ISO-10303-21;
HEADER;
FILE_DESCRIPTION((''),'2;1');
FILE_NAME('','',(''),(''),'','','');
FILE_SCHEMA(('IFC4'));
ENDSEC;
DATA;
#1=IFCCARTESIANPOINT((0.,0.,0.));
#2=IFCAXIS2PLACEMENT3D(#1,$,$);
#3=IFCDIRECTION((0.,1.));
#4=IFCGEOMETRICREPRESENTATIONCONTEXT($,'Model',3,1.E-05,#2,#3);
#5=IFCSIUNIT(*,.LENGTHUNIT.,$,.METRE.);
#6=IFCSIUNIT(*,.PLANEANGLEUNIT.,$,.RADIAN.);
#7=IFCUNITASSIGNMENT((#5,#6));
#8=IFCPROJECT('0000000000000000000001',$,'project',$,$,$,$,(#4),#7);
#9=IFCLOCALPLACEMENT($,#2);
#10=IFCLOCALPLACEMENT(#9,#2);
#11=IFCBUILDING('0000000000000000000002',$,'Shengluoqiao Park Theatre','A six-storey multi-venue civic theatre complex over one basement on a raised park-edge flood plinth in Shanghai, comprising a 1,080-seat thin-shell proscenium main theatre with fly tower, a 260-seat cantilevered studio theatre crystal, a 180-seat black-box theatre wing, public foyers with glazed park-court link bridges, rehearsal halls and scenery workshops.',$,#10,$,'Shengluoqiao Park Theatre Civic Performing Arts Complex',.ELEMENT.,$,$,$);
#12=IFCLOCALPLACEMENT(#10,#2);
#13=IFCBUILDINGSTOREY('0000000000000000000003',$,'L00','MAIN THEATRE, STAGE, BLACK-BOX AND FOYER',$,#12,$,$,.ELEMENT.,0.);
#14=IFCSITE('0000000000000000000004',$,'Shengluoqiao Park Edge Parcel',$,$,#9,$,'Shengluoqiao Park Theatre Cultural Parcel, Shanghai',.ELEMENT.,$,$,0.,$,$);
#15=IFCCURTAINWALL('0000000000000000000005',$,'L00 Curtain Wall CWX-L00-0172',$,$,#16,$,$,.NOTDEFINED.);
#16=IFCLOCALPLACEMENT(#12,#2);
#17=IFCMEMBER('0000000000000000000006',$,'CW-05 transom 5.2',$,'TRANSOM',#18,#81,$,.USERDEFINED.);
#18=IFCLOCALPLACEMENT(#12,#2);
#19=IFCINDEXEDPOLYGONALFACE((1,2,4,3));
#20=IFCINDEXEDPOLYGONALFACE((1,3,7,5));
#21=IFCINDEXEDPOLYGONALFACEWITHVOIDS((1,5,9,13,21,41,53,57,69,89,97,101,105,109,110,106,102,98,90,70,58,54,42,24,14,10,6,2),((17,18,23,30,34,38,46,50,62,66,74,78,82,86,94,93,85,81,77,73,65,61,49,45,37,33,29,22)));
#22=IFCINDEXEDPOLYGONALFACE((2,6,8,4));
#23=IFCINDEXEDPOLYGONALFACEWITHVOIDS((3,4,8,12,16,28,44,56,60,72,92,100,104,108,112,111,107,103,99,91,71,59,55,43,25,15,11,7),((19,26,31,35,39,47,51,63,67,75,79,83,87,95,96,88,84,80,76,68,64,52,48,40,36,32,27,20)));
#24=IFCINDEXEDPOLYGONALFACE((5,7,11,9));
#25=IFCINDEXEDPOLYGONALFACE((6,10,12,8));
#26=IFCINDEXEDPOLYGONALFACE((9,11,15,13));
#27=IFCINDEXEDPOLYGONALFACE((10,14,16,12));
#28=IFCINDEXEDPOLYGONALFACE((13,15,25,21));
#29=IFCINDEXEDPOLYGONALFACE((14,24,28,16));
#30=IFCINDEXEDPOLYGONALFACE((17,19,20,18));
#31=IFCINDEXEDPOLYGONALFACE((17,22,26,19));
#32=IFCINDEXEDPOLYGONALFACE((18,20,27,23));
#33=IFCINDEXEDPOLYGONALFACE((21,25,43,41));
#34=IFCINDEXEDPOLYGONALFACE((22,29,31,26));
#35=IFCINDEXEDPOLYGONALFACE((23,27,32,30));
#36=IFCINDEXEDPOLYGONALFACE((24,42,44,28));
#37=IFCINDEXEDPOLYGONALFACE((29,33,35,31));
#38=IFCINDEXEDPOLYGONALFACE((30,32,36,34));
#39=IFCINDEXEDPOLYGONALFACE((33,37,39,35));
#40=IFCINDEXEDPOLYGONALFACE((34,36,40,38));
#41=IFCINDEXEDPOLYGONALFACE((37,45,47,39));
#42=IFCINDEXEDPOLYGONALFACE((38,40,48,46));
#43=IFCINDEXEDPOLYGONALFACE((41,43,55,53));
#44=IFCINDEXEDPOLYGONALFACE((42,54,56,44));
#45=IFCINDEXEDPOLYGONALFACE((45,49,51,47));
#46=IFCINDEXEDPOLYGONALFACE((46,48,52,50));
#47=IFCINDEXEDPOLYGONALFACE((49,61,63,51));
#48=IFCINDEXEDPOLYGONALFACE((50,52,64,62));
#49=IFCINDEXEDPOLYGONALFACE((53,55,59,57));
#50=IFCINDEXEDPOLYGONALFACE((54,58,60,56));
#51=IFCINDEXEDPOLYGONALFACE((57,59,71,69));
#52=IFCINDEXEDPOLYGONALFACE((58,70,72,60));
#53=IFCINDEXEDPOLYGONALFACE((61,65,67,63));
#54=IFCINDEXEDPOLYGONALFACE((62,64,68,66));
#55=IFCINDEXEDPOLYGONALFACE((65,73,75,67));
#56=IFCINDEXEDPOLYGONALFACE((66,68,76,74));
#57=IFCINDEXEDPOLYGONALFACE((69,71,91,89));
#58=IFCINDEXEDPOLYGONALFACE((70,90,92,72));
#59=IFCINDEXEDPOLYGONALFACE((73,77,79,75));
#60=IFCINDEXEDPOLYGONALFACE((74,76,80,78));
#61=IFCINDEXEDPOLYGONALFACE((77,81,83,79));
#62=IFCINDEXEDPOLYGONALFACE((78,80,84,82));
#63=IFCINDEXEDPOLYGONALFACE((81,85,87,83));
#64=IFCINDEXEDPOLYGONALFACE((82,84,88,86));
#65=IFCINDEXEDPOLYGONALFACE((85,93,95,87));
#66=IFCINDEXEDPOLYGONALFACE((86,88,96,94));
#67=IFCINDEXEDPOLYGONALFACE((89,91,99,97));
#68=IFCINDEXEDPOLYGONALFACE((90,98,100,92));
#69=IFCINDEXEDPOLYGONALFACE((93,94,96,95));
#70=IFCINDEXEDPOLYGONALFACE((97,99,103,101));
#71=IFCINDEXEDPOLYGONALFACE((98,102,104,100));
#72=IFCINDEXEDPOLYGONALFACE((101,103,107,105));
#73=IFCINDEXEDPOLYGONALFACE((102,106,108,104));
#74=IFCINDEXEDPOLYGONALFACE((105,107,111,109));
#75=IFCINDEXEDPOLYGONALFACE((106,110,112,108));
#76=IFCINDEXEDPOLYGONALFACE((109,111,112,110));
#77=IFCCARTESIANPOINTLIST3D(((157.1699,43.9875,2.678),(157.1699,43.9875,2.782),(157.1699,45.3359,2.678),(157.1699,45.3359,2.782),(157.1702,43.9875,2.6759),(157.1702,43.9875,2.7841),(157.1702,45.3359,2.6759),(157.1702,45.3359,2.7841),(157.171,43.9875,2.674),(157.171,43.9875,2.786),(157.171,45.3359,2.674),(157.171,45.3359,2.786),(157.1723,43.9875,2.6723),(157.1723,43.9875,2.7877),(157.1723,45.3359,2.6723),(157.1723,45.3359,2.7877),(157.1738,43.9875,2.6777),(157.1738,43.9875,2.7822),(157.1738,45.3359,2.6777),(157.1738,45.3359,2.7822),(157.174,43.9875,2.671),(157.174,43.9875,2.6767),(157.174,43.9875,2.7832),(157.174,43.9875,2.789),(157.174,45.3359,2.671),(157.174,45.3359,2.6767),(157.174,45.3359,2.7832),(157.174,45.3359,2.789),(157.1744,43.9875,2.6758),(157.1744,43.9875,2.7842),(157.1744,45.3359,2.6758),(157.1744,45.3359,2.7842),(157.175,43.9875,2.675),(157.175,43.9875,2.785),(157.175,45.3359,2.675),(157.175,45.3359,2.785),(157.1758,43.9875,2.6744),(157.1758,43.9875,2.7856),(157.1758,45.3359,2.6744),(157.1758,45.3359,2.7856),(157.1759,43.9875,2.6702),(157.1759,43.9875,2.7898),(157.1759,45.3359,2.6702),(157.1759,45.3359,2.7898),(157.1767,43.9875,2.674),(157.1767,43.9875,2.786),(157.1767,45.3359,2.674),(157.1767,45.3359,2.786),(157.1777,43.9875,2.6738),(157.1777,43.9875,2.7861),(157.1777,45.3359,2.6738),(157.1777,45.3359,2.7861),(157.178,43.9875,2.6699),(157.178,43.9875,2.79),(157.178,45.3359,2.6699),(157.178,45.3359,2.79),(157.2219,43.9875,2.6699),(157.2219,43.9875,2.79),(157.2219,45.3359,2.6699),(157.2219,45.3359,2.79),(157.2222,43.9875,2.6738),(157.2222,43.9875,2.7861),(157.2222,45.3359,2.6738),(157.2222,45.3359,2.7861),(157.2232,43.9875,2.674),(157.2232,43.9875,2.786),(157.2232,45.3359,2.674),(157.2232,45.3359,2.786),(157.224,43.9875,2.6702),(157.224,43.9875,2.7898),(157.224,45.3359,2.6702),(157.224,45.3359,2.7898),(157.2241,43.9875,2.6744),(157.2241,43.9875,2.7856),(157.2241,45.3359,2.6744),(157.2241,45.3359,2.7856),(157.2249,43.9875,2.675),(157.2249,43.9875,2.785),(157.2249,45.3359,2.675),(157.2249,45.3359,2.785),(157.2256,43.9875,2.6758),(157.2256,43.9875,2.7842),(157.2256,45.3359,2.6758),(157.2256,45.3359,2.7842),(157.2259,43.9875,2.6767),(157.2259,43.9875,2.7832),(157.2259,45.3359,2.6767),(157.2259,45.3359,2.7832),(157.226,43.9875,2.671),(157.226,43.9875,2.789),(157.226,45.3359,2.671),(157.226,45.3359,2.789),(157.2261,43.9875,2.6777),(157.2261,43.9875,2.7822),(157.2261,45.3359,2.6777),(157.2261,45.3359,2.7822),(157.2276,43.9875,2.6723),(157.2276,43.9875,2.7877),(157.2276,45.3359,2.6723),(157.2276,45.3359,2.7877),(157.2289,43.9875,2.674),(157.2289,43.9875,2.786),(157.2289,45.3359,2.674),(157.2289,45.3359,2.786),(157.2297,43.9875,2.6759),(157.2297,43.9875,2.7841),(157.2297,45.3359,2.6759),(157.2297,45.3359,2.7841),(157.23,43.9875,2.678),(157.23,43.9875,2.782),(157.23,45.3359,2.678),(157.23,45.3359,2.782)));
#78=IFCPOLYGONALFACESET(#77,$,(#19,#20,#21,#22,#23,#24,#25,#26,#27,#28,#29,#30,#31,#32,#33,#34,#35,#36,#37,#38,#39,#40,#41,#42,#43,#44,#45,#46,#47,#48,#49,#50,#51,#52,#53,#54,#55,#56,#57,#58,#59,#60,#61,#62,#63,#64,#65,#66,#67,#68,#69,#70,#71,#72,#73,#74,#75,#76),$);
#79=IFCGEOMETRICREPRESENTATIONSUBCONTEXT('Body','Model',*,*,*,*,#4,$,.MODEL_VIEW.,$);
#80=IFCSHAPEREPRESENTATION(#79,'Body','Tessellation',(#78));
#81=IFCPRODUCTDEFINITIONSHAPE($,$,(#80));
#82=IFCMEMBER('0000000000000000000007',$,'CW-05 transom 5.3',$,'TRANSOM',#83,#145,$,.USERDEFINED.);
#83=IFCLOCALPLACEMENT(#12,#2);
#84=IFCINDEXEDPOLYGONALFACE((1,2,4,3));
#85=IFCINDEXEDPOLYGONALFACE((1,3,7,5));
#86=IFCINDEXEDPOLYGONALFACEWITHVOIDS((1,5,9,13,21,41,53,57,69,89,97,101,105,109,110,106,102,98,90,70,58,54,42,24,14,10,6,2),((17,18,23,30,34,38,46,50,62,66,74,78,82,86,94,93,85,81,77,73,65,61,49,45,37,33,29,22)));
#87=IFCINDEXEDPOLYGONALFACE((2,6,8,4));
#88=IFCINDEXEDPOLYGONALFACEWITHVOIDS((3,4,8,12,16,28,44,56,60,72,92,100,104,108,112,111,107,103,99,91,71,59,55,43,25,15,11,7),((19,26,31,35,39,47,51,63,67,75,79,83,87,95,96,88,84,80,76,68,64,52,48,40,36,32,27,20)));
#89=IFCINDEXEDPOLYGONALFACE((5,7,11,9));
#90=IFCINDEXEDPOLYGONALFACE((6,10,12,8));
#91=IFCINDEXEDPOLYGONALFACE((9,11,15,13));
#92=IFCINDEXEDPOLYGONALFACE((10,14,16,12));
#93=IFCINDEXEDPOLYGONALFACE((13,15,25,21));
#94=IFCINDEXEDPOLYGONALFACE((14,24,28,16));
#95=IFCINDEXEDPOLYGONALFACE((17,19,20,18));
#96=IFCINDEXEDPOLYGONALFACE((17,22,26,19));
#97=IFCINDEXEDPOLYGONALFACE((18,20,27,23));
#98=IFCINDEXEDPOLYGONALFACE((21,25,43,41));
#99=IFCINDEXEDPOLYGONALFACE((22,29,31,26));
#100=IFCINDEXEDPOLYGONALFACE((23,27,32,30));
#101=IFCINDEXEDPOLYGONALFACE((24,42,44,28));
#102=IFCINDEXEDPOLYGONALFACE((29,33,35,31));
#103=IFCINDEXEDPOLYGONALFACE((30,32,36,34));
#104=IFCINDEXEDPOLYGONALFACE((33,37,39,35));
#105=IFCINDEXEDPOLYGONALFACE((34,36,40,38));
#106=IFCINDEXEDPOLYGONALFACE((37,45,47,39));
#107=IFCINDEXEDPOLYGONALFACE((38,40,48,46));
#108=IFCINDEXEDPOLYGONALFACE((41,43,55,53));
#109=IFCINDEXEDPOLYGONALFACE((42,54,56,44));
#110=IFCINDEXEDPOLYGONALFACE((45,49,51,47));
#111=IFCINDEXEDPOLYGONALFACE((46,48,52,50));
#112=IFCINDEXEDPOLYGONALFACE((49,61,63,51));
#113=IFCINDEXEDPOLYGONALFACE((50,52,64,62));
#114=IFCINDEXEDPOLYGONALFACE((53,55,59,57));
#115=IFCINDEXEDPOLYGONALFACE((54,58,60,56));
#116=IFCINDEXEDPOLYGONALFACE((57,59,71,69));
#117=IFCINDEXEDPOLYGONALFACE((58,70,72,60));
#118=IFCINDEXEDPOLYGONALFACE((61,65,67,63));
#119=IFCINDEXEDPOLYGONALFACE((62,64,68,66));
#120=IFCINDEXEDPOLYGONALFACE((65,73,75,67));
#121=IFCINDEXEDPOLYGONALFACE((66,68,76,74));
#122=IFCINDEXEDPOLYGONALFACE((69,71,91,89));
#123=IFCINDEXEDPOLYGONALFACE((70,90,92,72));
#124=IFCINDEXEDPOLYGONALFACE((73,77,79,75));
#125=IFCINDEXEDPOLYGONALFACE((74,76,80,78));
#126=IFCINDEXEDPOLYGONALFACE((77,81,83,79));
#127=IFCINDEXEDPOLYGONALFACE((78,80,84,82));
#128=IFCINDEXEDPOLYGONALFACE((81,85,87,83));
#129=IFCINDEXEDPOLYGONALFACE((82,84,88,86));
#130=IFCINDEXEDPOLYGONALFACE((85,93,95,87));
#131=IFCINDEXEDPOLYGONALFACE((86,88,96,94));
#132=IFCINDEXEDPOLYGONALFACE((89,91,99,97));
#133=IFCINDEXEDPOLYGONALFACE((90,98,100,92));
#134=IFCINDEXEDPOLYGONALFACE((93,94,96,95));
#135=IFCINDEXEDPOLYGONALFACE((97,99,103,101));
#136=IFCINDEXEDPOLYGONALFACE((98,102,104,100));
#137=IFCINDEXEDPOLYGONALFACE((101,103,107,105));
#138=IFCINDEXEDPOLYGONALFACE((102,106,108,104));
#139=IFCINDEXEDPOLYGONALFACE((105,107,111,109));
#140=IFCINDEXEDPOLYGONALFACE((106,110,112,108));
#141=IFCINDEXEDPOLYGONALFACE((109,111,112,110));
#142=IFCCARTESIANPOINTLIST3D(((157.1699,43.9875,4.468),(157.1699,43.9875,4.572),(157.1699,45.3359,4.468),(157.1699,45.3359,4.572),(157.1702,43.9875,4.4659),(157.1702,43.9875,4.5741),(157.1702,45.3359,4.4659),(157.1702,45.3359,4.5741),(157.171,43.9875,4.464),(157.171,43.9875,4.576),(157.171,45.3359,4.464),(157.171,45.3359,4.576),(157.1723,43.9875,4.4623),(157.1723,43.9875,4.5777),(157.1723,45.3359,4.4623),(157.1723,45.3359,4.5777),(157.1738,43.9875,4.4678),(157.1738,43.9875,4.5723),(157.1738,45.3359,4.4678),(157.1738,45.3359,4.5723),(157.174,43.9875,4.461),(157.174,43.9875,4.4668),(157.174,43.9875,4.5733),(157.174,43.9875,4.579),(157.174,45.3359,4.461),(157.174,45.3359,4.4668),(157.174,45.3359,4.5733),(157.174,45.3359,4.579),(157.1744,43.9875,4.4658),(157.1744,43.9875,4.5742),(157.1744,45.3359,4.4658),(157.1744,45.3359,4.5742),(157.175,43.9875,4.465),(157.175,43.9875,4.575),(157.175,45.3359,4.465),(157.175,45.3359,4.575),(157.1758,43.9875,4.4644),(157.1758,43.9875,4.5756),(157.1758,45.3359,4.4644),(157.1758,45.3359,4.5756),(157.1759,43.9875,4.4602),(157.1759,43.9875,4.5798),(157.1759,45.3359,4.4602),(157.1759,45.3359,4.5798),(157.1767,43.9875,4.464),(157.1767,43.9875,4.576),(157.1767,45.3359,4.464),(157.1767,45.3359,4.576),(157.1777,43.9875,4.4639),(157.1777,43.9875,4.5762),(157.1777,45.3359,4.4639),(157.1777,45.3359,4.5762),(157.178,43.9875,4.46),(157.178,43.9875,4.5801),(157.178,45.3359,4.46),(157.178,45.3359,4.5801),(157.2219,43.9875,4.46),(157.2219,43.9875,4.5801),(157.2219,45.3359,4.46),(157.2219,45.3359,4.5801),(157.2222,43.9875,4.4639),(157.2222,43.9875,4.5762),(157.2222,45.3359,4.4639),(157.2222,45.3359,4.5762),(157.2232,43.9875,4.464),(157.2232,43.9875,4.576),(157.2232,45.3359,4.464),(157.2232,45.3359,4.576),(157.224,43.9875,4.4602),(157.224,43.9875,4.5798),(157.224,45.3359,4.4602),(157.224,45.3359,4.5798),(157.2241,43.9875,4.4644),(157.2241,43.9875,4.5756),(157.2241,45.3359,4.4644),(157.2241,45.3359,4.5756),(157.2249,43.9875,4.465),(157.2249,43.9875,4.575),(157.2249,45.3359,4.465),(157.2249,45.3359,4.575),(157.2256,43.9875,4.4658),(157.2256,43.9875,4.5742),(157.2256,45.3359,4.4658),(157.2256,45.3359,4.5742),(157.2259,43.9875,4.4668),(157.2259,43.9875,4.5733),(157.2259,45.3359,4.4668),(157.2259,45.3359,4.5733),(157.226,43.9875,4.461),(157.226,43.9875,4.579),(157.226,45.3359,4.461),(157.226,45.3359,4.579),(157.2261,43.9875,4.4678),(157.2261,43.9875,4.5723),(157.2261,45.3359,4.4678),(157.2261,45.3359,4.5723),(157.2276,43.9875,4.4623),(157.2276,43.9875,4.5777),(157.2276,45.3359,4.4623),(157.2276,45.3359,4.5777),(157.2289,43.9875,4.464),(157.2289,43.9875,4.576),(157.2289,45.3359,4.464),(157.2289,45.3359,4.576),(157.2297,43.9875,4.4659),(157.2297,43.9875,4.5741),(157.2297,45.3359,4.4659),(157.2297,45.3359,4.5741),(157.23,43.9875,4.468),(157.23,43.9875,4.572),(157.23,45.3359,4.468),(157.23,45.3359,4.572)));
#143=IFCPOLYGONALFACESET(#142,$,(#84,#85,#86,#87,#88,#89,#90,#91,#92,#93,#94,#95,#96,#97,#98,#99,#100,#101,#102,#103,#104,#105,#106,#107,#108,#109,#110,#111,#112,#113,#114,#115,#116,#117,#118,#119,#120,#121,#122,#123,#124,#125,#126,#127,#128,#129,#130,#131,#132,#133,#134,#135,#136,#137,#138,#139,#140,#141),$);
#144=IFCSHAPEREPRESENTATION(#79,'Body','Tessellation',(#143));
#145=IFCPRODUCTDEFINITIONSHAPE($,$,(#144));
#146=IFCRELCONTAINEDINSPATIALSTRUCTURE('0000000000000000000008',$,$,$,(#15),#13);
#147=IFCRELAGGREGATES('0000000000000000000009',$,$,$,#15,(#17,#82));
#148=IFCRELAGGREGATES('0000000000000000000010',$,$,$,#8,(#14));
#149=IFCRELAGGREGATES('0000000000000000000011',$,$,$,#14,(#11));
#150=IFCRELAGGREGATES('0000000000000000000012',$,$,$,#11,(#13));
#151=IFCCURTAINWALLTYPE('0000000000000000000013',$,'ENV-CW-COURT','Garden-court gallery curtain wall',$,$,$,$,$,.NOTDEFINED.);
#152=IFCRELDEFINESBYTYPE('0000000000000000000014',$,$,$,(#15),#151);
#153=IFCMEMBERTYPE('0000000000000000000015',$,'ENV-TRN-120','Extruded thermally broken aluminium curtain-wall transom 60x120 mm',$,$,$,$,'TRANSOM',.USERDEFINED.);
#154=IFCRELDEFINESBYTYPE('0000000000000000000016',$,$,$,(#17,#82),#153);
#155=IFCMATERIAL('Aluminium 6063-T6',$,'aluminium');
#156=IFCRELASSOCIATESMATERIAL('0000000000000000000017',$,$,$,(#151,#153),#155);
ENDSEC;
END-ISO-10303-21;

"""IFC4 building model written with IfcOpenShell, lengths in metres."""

from ifc_helpers import new_model, si_unit, direction, frame, origin, origin_2d, place, context, subcontext, project, spatial, hollow_rectangle, extrude, material, material_profile, profile_set, type_object, element, aggregate, save


model = new_model("IFC4")

# Units and contexts
model_context = context("Model", 3, precision=1e-05, world=origin(), true_north=direction((0.0, 1.0)))
body_context = subcontext(model_context, "Body", "Model", "MODEL_VIEW")
ifc_project = project(units=[si_unit("LENGTHUNIT", "METRE"), si_unit("PLANEANGLEUNIT", "RADIAN")], contexts=[model_context])

# Site, building, storey
site_placement = place(None, origin())
site = spatial("IfcSite", under=ifc_project, at=site_placement, Name="Shengluoqiao Park Edge Parcel", LongName="Shengluoqiao Park Theatre Cultural Parcel, Shanghai", CompositionType="ELEMENT", RefElevation=0.0)
building_placement = place(site_placement, origin())
building = spatial("IfcBuilding", under=site, at=building_placement, Name="Shengluoqiao Park Theatre", Description="A six-storey multi-venue civic theatre complex over one basement on a raised park-edge flood plinth in Shanghai, comprising a 1,080-seat thin-shell proscenium main theatre with fly tower, a 260-seat cantilevered studio theatre crystal, a 180-seat black-box theatre wing, public foyers with glazed park-court link bridges, rehearsal halls and scenery workshops.", LongName="Shengluoqiao Park Theatre Civic Performing Arts Complex", CompositionType="ELEMENT")
storey_placement = place(building_placement, origin())
storey = spatial("IfcBuildingStorey", under=building, at=storey_placement, Name="L00", Description="MAIN THEATRE, STAGE, BLACK-BOX AND FOYER", CompositionType="ELEMENT", Elevation=0.0)

# Curtain wall
ifc_material_1 = material(Name="Aluminium 6063-T6", Category="aluminium")
curtain_wall_type = type_object("IfcCurtainWallType", Name="ENV-CW-COURT", Description="Garden-court gallery curtain wall", PredefinedType="NOTDEFINED", material=ifc_material_1)
curtain_wall_1_placement = place(storey_placement, origin())
curtain_wall_1 = element("IfcCurtainWall", 1, at=curtain_wall_1_placement, inside=storey, type_object=curtain_wall_type, Name="L00 Curtain Wall CWX-L00-0172", PredefinedType="NOTDEFINED")

# Members
ifc_material_profile_1 = material_profile(ifc_material_1, hollow_rectangle(XDim=0.0601, YDim=0.1201, WallThickness=0.0039, InnerFilletRadius=0.0039, OuterFilletRadius=0.0081, at=origin_2d()), Name="ALU TRANSOM 120x60x4")
ifc_profile_set_1 = profile_set([ifc_material_profile_1], Name="Aluminium 6063-T6")
member_type_1 = type_object("IfcMemberType", Name="ENV-TRN-120", Description="Extruded thermally broken aluminium curtain-wall transom 60x120 mm", ElementType="TRANSOM", PredefinedType="USERDEFINED", material=ifc_profile_set_1)
member_1_placement = place(storey_placement, frame((157.2, 43.9875, 2.73), z_axis=(0.0, 1.0, 0.0), x_axis=(-1.0, 0.0, 0.0)))
member_1 = element("IfcMember", 2, at=member_1_placement, type_object=member_type_1, Name="CW-05 transom 5.2", ObjectType="TRANSOM", PredefinedType="USERDEFINED", context=body_context, shape_type="SweptSolid", body=[
    extrude(hollow_rectangle(XDim=0.0601, YDim=0.1201, WallThickness=0.0039, InnerFilletRadius=0.0039, OuterFilletRadius=0.0081, at=origin_2d()), origin(), (0.0, 0.0, 1.0), 1.3484),
])
member_2_placement = place(storey_placement, frame((157.2, 43.9875, 4.52), z_axis=(0.0, 1.0, 0.0), x_axis=(-1.0, 0.0, 0.0)))
member_2 = element("IfcMember", 3, at=member_2_placement, type_object=member_type_1, Name="CW-05 transom 5.3", ObjectType="TRANSOM", PredefinedType="USERDEFINED", context=body_context, shape_type="SweptSolid", body=[
    extrude(hollow_rectangle(XDim=0.0601, YDim=0.1201, WallThickness=0.0039, InnerFilletRadius=0.0039, OuterFilletRadius=0.0081, at=origin_2d()), origin(), (0.0, 0.0, 1.0), 1.3484),
])

aggregate(curtain_wall_1, [member_1, member_2])

save(model, "model.ifc")
